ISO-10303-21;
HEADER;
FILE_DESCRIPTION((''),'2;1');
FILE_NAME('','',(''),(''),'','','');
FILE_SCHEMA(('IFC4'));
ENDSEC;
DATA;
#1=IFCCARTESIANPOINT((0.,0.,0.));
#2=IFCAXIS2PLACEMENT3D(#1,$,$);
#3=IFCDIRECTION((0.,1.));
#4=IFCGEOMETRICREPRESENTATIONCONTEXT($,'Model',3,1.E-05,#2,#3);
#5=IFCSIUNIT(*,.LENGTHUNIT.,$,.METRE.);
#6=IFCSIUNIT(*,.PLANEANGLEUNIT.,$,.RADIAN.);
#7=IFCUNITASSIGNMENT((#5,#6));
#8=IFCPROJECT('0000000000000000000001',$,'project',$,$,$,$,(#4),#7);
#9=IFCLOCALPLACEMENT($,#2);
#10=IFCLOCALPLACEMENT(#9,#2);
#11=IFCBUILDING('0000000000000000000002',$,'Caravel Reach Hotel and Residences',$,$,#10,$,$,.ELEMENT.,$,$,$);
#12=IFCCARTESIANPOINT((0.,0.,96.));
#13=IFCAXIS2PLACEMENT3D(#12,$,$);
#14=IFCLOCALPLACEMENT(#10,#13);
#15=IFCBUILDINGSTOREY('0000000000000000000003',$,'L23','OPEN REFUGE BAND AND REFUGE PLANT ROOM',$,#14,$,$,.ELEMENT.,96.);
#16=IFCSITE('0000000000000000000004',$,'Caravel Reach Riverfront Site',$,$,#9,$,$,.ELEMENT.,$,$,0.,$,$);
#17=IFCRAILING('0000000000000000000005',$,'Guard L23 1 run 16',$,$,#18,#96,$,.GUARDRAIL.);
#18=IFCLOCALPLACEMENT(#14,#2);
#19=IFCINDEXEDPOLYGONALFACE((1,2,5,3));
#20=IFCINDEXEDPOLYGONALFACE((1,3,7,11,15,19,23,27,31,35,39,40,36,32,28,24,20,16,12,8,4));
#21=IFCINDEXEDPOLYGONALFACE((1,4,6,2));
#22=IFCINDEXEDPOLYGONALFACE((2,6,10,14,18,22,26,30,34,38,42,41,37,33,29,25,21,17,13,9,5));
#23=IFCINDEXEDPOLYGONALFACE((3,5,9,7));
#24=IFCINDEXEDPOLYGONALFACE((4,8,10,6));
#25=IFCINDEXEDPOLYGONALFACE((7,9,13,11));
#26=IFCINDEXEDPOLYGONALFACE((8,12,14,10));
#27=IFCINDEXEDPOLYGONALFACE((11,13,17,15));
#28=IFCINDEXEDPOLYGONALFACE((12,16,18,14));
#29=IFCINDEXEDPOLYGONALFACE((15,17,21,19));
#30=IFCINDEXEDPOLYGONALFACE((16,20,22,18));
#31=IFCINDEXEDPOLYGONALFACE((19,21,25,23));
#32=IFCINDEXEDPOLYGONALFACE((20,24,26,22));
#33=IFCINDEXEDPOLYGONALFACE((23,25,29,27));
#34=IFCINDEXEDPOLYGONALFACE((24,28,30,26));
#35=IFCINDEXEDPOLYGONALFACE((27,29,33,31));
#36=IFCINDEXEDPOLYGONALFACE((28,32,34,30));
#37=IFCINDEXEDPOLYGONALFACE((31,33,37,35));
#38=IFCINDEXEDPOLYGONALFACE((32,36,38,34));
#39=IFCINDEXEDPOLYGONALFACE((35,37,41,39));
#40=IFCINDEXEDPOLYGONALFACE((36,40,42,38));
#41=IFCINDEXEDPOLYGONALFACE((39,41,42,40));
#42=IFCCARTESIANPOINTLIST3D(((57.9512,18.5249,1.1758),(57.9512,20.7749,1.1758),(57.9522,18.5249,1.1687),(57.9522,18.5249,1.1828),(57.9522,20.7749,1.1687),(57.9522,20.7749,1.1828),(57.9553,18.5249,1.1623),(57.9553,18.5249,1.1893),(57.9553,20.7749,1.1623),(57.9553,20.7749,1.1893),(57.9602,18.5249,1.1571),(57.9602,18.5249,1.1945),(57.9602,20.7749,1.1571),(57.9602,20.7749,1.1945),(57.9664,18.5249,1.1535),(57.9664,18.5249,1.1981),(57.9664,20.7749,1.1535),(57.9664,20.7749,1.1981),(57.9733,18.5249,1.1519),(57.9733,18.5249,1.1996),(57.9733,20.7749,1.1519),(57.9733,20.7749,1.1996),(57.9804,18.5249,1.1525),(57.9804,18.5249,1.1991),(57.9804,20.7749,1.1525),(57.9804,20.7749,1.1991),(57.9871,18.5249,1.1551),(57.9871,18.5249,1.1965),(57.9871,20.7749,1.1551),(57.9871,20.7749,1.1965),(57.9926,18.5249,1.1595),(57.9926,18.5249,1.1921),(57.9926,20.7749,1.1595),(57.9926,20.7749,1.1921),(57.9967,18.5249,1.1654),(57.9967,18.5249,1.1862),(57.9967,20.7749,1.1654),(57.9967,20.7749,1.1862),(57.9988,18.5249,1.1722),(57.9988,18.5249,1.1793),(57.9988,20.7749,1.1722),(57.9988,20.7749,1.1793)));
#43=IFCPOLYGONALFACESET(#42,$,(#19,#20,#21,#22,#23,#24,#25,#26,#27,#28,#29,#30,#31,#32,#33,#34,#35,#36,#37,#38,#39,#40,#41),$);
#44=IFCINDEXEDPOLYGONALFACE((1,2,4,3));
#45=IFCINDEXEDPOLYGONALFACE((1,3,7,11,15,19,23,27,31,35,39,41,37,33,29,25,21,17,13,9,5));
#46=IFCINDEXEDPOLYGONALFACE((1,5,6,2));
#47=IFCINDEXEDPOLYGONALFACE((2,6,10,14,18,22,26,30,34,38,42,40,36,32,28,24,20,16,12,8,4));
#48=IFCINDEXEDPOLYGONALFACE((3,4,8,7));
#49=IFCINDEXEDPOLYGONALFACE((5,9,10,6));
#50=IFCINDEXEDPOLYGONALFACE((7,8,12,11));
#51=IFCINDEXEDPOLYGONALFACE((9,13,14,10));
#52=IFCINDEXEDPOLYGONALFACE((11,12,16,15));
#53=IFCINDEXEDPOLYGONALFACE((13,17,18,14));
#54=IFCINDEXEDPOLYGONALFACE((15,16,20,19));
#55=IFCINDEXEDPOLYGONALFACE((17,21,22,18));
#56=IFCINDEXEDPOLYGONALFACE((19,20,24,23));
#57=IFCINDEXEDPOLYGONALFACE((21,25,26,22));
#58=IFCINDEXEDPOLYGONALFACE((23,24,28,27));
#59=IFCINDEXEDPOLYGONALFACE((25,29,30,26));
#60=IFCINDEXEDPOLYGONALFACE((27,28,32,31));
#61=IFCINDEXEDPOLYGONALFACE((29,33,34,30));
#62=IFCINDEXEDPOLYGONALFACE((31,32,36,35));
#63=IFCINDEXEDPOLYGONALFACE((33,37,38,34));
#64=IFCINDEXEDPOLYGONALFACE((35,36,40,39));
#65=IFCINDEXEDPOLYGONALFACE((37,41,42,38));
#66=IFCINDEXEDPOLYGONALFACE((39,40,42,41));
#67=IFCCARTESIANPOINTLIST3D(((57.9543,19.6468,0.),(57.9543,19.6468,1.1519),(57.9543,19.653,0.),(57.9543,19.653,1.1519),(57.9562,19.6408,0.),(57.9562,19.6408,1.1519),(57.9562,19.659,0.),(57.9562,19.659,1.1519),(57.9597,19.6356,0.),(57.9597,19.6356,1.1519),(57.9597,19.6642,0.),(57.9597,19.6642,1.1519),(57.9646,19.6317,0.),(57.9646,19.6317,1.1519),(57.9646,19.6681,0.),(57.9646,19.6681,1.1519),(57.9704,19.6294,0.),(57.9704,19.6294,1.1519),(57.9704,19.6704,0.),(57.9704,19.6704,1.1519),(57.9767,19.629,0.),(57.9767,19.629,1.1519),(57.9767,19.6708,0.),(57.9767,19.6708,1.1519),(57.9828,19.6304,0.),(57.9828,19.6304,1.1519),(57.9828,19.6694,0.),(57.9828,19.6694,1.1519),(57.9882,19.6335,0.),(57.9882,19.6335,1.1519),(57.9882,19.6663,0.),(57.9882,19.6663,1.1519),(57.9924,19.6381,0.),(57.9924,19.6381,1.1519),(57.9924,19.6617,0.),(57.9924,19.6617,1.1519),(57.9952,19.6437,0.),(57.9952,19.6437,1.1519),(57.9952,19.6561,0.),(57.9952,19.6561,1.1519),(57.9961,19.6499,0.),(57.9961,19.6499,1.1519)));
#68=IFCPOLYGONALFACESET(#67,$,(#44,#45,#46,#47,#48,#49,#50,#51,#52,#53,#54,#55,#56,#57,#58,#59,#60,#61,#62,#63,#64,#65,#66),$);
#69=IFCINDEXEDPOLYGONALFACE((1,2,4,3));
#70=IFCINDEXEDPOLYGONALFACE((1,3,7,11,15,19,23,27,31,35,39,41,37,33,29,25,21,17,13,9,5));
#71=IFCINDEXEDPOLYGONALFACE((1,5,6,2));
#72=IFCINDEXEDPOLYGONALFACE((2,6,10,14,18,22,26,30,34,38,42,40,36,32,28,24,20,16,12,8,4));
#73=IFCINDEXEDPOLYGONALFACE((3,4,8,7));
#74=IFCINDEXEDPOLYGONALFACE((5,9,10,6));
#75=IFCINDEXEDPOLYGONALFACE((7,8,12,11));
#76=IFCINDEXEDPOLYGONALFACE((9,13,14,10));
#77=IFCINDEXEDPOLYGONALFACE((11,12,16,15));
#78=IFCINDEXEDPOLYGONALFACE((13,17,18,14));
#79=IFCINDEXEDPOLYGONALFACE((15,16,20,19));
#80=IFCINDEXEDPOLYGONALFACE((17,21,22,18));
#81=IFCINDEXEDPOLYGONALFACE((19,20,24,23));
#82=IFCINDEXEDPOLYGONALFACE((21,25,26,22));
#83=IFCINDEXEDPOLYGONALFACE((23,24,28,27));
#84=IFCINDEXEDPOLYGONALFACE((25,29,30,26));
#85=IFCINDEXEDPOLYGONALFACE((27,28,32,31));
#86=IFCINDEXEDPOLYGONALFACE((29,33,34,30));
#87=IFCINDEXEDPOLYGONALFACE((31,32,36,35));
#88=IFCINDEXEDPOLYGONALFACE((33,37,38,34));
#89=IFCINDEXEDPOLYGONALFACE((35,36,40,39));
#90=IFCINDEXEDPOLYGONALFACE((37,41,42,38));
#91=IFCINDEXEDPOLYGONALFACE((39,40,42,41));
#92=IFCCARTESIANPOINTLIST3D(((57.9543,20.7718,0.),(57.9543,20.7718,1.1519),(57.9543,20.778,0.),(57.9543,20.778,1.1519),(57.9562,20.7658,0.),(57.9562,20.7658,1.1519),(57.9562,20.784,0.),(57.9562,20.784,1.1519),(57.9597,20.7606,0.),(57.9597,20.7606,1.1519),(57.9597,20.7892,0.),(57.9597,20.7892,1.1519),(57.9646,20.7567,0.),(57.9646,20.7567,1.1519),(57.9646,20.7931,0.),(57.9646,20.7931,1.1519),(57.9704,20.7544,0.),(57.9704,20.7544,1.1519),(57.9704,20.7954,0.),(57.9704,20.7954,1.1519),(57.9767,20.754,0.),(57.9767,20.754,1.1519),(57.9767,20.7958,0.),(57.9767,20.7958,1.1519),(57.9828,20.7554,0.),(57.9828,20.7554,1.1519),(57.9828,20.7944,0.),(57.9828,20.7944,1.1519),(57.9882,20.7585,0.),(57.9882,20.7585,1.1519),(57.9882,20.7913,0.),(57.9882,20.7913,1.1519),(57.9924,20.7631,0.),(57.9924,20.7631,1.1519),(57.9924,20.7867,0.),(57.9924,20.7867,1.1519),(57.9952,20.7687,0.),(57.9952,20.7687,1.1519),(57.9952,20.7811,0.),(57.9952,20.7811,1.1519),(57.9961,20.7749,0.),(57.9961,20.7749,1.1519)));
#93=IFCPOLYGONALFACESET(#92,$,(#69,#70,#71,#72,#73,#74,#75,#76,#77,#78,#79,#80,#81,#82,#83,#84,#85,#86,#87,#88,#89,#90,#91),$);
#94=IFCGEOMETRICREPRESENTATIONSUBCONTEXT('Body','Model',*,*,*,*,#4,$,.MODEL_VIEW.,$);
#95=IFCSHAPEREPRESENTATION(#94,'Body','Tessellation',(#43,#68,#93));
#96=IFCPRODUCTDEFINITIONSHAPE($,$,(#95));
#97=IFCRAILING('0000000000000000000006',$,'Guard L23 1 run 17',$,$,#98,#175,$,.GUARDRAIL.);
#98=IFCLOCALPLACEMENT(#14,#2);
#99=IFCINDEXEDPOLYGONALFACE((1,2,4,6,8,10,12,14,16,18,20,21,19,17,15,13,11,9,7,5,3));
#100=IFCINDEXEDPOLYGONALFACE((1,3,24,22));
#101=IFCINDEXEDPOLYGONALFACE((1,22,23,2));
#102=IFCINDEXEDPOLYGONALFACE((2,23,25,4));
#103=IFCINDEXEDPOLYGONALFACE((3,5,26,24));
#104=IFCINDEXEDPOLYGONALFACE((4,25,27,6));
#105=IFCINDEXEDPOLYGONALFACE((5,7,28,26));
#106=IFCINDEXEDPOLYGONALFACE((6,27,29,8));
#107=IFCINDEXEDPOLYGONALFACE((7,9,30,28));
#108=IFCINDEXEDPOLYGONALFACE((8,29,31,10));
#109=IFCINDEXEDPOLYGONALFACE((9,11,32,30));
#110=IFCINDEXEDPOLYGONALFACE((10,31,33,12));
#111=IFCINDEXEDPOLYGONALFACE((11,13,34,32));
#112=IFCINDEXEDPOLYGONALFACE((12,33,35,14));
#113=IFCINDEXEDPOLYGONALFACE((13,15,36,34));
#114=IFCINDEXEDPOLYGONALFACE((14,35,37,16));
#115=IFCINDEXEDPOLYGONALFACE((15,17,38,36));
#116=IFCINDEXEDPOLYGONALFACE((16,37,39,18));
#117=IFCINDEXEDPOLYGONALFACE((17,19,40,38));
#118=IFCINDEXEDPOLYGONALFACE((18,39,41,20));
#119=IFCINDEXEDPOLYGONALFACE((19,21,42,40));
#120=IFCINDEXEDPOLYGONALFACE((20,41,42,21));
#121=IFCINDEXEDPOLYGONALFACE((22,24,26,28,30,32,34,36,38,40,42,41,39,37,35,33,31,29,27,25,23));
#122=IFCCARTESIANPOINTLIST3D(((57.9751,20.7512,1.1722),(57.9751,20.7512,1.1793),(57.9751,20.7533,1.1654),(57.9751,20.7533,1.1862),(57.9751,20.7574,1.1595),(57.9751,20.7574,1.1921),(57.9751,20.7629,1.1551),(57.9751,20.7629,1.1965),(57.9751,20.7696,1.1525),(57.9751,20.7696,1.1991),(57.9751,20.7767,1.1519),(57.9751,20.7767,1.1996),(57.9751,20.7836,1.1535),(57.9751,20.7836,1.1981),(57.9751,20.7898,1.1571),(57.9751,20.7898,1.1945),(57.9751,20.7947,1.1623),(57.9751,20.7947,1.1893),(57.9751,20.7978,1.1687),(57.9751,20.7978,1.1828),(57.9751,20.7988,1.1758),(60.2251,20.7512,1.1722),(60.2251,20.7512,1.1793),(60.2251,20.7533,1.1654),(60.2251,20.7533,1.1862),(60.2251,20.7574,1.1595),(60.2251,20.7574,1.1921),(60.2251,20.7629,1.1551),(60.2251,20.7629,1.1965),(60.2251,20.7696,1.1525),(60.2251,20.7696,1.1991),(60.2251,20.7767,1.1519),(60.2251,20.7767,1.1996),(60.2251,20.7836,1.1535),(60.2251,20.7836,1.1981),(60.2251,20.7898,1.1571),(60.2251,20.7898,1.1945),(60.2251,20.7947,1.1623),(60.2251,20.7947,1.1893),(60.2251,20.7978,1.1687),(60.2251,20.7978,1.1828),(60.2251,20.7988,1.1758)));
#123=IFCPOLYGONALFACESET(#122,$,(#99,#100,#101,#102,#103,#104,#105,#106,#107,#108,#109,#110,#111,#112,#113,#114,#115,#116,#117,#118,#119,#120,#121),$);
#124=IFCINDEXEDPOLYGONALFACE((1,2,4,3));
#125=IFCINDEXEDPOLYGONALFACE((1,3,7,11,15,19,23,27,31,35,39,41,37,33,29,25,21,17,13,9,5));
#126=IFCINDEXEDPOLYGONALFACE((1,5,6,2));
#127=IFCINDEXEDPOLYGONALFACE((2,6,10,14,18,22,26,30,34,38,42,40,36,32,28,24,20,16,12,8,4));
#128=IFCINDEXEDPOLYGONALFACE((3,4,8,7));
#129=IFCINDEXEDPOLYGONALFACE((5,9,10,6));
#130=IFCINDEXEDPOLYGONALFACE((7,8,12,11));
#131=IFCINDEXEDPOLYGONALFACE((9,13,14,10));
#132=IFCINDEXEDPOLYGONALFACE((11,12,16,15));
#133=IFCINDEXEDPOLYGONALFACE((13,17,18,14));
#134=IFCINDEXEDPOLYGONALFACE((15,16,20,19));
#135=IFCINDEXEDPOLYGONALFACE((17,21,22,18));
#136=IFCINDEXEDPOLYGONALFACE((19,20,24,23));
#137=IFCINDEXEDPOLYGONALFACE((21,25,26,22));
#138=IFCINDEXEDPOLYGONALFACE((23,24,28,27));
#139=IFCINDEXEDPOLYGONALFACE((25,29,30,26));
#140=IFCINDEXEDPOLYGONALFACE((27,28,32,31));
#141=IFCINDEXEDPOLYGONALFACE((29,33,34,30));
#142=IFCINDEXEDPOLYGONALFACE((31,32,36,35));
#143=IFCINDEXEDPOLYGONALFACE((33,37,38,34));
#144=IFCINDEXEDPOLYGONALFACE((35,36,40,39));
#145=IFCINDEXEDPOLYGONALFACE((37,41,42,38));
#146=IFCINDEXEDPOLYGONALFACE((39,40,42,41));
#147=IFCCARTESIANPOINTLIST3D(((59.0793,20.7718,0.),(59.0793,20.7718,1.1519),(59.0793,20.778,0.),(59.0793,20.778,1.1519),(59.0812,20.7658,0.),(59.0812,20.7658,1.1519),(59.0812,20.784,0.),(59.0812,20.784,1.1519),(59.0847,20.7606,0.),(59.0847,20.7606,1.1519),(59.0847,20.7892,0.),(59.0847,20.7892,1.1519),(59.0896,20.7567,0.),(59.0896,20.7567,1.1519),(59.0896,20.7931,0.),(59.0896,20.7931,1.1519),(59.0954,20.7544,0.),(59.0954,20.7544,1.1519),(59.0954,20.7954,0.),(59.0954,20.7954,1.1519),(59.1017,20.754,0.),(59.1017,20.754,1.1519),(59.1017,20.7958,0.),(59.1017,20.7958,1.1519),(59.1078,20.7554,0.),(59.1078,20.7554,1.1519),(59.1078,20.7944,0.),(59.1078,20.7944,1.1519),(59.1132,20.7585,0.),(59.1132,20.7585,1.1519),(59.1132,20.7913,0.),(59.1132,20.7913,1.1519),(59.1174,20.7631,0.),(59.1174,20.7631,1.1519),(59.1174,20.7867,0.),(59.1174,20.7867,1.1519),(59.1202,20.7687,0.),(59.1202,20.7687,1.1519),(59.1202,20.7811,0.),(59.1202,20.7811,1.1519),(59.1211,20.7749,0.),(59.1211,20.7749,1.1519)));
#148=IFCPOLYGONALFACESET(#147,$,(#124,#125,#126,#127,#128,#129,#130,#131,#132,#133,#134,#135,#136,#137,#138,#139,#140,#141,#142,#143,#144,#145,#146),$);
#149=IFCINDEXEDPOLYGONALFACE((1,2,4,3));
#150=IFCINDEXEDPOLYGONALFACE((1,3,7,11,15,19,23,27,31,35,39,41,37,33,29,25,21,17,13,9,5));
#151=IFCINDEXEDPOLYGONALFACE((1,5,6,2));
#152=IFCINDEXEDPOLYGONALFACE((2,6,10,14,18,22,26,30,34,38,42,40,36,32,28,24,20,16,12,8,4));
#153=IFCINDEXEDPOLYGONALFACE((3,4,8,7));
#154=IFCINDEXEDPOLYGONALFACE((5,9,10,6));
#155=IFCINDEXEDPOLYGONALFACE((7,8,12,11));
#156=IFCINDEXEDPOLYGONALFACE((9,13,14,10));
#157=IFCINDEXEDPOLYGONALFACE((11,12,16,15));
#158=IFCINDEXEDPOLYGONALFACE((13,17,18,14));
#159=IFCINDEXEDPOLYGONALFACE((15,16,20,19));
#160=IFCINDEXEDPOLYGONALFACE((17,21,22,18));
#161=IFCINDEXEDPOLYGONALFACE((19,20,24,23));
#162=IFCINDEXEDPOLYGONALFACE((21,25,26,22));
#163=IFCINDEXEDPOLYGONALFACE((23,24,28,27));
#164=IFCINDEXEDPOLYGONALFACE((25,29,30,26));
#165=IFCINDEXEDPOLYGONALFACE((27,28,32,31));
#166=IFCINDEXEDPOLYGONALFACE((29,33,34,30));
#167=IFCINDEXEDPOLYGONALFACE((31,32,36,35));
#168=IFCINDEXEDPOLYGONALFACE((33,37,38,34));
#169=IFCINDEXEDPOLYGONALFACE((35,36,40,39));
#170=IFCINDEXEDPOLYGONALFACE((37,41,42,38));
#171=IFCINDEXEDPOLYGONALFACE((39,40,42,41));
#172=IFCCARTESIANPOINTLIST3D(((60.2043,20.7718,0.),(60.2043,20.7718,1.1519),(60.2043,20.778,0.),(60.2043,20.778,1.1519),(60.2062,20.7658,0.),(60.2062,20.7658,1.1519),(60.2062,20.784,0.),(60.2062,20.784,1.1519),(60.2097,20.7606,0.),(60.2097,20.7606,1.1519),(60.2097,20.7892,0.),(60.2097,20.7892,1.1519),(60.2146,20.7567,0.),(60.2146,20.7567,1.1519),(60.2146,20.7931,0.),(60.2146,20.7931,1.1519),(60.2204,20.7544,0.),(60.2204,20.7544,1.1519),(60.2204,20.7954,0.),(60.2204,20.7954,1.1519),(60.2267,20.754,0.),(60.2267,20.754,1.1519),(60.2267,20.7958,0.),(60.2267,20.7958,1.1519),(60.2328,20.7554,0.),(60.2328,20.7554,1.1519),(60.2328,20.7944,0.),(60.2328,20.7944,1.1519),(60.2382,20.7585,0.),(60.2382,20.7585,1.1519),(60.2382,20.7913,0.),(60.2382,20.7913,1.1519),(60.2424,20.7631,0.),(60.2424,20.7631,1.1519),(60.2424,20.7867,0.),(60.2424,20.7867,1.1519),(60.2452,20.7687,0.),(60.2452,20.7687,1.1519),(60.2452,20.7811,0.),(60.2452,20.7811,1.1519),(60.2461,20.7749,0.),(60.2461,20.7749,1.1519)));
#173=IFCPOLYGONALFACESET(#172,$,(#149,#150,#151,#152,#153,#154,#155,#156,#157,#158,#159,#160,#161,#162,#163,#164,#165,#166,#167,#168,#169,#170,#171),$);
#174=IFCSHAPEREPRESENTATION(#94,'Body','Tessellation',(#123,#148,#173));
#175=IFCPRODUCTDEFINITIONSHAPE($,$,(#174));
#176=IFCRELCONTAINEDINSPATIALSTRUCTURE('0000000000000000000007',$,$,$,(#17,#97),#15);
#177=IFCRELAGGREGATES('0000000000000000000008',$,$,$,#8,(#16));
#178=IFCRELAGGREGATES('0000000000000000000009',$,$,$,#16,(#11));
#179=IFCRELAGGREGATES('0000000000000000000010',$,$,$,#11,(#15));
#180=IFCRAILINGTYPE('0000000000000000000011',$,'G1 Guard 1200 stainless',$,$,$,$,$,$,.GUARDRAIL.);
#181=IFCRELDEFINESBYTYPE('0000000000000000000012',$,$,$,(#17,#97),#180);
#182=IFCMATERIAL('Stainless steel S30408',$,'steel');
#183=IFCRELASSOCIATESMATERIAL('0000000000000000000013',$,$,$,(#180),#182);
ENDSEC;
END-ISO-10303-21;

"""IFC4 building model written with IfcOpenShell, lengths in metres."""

from ifc_helpers import new_model, si_unit, direction, frame, origin, origin_2d, place, context, subcontext, project, spatial, circle, extrude, material, type_object, element, save


model = new_model("IFC4")

# Units and contexts
model_context = context("Model", 3, precision=1e-05, world=origin(), true_north=direction((0.0, 1.0)))
body_context = subcontext(model_context, "Body", "Model", "MODEL_VIEW")
ifc_project = project(units=[si_unit("LENGTHUNIT", "METRE"), si_unit("PLANEANGLEUNIT", "RADIAN")], contexts=[model_context])

# Site, building, storey
site_placement = place(None, origin())
site = spatial("IfcSite", under=ifc_project, at=site_placement, Name="Caravel Reach Riverfront Site", CompositionType="ELEMENT", RefElevation=0.0)
building_placement = place(site_placement, origin())
building = spatial("IfcBuilding", under=site, at=building_placement, Name="Caravel Reach Hotel and Residences", CompositionType="ELEMENT")
storey_placement = place(building_placement, frame((0.0, 0.0, 96.0)))
storey = spatial("IfcBuildingStorey", under=building, at=storey_placement, Name="L23", Description="OPEN REFUGE BAND AND REFUGE PLANT ROOM", CompositionType="ELEMENT", Elevation=96.0)

# Railings
ifc_material_1 = material(Name="Stainless steel S30408", Category="steel")
railing_type = type_object("IfcRailingType", Name="G1 Guard 1200 stainless", PredefinedType="GUARDRAIL", material=ifc_material_1)
railing_1_placement = place(storey_placement, frame((57.9751, 18.5249, 0.0)))
element("IfcRailing", 1, at=railing_1_placement, inside=storey, type_object=railing_type, Name="Guard L23 1 run 16", PredefinedType="GUARDRAIL", context=body_context, shape_type="SweptSolid", body=[
    extrude(circle(Radius=0.0239, at=origin_2d()), frame((0.0, 0.0, 1.1758), z_axis=(0.0, 1.0, 0.0), x_axis=(-1.0, 0.0, 0.0)), (0.0, 0.0, 1.0), 2.25),
    extrude(circle(Radius=0.021, at=origin_2d()), frame((0.0, 1.125, 0.0)), (0.0, 0.0, 1.0), 1.1519),
    extrude(circle(Radius=0.021, at=origin_2d()), frame((0.0, 2.25, 0.0)), (0.0, 0.0, 1.0), 1.1519),
])
railing_2_placement = place(storey_placement, frame((57.9751, 20.7749, 0.0)))
element("IfcRailing", 2, at=railing_2_placement, inside=storey, type_object=railing_type, Name="Guard L23 1 run 17", PredefinedType="GUARDRAIL", context=body_context, shape_type="SweptSolid", body=[
    extrude(circle(Radius=0.0239, at=origin_2d()), frame((0.0, 0.0, 1.1758), z_axis=(1.0, 0.0, 0.0), x_axis=(0.0, 1.0, 0.0)), (0.0, 0.0, 1.0), 2.25),
    extrude(circle(Radius=0.021, at=origin_2d()), frame((1.125, 0.0, 0.0)), (0.0, 0.0, 1.0), 1.1519),
    extrude(circle(Radius=0.021, at=origin_2d()), frame((2.25, 0.0, 0.0)), (0.0, 0.0, 1.0), 1.1519),
])

save(model, "model.ifc")
